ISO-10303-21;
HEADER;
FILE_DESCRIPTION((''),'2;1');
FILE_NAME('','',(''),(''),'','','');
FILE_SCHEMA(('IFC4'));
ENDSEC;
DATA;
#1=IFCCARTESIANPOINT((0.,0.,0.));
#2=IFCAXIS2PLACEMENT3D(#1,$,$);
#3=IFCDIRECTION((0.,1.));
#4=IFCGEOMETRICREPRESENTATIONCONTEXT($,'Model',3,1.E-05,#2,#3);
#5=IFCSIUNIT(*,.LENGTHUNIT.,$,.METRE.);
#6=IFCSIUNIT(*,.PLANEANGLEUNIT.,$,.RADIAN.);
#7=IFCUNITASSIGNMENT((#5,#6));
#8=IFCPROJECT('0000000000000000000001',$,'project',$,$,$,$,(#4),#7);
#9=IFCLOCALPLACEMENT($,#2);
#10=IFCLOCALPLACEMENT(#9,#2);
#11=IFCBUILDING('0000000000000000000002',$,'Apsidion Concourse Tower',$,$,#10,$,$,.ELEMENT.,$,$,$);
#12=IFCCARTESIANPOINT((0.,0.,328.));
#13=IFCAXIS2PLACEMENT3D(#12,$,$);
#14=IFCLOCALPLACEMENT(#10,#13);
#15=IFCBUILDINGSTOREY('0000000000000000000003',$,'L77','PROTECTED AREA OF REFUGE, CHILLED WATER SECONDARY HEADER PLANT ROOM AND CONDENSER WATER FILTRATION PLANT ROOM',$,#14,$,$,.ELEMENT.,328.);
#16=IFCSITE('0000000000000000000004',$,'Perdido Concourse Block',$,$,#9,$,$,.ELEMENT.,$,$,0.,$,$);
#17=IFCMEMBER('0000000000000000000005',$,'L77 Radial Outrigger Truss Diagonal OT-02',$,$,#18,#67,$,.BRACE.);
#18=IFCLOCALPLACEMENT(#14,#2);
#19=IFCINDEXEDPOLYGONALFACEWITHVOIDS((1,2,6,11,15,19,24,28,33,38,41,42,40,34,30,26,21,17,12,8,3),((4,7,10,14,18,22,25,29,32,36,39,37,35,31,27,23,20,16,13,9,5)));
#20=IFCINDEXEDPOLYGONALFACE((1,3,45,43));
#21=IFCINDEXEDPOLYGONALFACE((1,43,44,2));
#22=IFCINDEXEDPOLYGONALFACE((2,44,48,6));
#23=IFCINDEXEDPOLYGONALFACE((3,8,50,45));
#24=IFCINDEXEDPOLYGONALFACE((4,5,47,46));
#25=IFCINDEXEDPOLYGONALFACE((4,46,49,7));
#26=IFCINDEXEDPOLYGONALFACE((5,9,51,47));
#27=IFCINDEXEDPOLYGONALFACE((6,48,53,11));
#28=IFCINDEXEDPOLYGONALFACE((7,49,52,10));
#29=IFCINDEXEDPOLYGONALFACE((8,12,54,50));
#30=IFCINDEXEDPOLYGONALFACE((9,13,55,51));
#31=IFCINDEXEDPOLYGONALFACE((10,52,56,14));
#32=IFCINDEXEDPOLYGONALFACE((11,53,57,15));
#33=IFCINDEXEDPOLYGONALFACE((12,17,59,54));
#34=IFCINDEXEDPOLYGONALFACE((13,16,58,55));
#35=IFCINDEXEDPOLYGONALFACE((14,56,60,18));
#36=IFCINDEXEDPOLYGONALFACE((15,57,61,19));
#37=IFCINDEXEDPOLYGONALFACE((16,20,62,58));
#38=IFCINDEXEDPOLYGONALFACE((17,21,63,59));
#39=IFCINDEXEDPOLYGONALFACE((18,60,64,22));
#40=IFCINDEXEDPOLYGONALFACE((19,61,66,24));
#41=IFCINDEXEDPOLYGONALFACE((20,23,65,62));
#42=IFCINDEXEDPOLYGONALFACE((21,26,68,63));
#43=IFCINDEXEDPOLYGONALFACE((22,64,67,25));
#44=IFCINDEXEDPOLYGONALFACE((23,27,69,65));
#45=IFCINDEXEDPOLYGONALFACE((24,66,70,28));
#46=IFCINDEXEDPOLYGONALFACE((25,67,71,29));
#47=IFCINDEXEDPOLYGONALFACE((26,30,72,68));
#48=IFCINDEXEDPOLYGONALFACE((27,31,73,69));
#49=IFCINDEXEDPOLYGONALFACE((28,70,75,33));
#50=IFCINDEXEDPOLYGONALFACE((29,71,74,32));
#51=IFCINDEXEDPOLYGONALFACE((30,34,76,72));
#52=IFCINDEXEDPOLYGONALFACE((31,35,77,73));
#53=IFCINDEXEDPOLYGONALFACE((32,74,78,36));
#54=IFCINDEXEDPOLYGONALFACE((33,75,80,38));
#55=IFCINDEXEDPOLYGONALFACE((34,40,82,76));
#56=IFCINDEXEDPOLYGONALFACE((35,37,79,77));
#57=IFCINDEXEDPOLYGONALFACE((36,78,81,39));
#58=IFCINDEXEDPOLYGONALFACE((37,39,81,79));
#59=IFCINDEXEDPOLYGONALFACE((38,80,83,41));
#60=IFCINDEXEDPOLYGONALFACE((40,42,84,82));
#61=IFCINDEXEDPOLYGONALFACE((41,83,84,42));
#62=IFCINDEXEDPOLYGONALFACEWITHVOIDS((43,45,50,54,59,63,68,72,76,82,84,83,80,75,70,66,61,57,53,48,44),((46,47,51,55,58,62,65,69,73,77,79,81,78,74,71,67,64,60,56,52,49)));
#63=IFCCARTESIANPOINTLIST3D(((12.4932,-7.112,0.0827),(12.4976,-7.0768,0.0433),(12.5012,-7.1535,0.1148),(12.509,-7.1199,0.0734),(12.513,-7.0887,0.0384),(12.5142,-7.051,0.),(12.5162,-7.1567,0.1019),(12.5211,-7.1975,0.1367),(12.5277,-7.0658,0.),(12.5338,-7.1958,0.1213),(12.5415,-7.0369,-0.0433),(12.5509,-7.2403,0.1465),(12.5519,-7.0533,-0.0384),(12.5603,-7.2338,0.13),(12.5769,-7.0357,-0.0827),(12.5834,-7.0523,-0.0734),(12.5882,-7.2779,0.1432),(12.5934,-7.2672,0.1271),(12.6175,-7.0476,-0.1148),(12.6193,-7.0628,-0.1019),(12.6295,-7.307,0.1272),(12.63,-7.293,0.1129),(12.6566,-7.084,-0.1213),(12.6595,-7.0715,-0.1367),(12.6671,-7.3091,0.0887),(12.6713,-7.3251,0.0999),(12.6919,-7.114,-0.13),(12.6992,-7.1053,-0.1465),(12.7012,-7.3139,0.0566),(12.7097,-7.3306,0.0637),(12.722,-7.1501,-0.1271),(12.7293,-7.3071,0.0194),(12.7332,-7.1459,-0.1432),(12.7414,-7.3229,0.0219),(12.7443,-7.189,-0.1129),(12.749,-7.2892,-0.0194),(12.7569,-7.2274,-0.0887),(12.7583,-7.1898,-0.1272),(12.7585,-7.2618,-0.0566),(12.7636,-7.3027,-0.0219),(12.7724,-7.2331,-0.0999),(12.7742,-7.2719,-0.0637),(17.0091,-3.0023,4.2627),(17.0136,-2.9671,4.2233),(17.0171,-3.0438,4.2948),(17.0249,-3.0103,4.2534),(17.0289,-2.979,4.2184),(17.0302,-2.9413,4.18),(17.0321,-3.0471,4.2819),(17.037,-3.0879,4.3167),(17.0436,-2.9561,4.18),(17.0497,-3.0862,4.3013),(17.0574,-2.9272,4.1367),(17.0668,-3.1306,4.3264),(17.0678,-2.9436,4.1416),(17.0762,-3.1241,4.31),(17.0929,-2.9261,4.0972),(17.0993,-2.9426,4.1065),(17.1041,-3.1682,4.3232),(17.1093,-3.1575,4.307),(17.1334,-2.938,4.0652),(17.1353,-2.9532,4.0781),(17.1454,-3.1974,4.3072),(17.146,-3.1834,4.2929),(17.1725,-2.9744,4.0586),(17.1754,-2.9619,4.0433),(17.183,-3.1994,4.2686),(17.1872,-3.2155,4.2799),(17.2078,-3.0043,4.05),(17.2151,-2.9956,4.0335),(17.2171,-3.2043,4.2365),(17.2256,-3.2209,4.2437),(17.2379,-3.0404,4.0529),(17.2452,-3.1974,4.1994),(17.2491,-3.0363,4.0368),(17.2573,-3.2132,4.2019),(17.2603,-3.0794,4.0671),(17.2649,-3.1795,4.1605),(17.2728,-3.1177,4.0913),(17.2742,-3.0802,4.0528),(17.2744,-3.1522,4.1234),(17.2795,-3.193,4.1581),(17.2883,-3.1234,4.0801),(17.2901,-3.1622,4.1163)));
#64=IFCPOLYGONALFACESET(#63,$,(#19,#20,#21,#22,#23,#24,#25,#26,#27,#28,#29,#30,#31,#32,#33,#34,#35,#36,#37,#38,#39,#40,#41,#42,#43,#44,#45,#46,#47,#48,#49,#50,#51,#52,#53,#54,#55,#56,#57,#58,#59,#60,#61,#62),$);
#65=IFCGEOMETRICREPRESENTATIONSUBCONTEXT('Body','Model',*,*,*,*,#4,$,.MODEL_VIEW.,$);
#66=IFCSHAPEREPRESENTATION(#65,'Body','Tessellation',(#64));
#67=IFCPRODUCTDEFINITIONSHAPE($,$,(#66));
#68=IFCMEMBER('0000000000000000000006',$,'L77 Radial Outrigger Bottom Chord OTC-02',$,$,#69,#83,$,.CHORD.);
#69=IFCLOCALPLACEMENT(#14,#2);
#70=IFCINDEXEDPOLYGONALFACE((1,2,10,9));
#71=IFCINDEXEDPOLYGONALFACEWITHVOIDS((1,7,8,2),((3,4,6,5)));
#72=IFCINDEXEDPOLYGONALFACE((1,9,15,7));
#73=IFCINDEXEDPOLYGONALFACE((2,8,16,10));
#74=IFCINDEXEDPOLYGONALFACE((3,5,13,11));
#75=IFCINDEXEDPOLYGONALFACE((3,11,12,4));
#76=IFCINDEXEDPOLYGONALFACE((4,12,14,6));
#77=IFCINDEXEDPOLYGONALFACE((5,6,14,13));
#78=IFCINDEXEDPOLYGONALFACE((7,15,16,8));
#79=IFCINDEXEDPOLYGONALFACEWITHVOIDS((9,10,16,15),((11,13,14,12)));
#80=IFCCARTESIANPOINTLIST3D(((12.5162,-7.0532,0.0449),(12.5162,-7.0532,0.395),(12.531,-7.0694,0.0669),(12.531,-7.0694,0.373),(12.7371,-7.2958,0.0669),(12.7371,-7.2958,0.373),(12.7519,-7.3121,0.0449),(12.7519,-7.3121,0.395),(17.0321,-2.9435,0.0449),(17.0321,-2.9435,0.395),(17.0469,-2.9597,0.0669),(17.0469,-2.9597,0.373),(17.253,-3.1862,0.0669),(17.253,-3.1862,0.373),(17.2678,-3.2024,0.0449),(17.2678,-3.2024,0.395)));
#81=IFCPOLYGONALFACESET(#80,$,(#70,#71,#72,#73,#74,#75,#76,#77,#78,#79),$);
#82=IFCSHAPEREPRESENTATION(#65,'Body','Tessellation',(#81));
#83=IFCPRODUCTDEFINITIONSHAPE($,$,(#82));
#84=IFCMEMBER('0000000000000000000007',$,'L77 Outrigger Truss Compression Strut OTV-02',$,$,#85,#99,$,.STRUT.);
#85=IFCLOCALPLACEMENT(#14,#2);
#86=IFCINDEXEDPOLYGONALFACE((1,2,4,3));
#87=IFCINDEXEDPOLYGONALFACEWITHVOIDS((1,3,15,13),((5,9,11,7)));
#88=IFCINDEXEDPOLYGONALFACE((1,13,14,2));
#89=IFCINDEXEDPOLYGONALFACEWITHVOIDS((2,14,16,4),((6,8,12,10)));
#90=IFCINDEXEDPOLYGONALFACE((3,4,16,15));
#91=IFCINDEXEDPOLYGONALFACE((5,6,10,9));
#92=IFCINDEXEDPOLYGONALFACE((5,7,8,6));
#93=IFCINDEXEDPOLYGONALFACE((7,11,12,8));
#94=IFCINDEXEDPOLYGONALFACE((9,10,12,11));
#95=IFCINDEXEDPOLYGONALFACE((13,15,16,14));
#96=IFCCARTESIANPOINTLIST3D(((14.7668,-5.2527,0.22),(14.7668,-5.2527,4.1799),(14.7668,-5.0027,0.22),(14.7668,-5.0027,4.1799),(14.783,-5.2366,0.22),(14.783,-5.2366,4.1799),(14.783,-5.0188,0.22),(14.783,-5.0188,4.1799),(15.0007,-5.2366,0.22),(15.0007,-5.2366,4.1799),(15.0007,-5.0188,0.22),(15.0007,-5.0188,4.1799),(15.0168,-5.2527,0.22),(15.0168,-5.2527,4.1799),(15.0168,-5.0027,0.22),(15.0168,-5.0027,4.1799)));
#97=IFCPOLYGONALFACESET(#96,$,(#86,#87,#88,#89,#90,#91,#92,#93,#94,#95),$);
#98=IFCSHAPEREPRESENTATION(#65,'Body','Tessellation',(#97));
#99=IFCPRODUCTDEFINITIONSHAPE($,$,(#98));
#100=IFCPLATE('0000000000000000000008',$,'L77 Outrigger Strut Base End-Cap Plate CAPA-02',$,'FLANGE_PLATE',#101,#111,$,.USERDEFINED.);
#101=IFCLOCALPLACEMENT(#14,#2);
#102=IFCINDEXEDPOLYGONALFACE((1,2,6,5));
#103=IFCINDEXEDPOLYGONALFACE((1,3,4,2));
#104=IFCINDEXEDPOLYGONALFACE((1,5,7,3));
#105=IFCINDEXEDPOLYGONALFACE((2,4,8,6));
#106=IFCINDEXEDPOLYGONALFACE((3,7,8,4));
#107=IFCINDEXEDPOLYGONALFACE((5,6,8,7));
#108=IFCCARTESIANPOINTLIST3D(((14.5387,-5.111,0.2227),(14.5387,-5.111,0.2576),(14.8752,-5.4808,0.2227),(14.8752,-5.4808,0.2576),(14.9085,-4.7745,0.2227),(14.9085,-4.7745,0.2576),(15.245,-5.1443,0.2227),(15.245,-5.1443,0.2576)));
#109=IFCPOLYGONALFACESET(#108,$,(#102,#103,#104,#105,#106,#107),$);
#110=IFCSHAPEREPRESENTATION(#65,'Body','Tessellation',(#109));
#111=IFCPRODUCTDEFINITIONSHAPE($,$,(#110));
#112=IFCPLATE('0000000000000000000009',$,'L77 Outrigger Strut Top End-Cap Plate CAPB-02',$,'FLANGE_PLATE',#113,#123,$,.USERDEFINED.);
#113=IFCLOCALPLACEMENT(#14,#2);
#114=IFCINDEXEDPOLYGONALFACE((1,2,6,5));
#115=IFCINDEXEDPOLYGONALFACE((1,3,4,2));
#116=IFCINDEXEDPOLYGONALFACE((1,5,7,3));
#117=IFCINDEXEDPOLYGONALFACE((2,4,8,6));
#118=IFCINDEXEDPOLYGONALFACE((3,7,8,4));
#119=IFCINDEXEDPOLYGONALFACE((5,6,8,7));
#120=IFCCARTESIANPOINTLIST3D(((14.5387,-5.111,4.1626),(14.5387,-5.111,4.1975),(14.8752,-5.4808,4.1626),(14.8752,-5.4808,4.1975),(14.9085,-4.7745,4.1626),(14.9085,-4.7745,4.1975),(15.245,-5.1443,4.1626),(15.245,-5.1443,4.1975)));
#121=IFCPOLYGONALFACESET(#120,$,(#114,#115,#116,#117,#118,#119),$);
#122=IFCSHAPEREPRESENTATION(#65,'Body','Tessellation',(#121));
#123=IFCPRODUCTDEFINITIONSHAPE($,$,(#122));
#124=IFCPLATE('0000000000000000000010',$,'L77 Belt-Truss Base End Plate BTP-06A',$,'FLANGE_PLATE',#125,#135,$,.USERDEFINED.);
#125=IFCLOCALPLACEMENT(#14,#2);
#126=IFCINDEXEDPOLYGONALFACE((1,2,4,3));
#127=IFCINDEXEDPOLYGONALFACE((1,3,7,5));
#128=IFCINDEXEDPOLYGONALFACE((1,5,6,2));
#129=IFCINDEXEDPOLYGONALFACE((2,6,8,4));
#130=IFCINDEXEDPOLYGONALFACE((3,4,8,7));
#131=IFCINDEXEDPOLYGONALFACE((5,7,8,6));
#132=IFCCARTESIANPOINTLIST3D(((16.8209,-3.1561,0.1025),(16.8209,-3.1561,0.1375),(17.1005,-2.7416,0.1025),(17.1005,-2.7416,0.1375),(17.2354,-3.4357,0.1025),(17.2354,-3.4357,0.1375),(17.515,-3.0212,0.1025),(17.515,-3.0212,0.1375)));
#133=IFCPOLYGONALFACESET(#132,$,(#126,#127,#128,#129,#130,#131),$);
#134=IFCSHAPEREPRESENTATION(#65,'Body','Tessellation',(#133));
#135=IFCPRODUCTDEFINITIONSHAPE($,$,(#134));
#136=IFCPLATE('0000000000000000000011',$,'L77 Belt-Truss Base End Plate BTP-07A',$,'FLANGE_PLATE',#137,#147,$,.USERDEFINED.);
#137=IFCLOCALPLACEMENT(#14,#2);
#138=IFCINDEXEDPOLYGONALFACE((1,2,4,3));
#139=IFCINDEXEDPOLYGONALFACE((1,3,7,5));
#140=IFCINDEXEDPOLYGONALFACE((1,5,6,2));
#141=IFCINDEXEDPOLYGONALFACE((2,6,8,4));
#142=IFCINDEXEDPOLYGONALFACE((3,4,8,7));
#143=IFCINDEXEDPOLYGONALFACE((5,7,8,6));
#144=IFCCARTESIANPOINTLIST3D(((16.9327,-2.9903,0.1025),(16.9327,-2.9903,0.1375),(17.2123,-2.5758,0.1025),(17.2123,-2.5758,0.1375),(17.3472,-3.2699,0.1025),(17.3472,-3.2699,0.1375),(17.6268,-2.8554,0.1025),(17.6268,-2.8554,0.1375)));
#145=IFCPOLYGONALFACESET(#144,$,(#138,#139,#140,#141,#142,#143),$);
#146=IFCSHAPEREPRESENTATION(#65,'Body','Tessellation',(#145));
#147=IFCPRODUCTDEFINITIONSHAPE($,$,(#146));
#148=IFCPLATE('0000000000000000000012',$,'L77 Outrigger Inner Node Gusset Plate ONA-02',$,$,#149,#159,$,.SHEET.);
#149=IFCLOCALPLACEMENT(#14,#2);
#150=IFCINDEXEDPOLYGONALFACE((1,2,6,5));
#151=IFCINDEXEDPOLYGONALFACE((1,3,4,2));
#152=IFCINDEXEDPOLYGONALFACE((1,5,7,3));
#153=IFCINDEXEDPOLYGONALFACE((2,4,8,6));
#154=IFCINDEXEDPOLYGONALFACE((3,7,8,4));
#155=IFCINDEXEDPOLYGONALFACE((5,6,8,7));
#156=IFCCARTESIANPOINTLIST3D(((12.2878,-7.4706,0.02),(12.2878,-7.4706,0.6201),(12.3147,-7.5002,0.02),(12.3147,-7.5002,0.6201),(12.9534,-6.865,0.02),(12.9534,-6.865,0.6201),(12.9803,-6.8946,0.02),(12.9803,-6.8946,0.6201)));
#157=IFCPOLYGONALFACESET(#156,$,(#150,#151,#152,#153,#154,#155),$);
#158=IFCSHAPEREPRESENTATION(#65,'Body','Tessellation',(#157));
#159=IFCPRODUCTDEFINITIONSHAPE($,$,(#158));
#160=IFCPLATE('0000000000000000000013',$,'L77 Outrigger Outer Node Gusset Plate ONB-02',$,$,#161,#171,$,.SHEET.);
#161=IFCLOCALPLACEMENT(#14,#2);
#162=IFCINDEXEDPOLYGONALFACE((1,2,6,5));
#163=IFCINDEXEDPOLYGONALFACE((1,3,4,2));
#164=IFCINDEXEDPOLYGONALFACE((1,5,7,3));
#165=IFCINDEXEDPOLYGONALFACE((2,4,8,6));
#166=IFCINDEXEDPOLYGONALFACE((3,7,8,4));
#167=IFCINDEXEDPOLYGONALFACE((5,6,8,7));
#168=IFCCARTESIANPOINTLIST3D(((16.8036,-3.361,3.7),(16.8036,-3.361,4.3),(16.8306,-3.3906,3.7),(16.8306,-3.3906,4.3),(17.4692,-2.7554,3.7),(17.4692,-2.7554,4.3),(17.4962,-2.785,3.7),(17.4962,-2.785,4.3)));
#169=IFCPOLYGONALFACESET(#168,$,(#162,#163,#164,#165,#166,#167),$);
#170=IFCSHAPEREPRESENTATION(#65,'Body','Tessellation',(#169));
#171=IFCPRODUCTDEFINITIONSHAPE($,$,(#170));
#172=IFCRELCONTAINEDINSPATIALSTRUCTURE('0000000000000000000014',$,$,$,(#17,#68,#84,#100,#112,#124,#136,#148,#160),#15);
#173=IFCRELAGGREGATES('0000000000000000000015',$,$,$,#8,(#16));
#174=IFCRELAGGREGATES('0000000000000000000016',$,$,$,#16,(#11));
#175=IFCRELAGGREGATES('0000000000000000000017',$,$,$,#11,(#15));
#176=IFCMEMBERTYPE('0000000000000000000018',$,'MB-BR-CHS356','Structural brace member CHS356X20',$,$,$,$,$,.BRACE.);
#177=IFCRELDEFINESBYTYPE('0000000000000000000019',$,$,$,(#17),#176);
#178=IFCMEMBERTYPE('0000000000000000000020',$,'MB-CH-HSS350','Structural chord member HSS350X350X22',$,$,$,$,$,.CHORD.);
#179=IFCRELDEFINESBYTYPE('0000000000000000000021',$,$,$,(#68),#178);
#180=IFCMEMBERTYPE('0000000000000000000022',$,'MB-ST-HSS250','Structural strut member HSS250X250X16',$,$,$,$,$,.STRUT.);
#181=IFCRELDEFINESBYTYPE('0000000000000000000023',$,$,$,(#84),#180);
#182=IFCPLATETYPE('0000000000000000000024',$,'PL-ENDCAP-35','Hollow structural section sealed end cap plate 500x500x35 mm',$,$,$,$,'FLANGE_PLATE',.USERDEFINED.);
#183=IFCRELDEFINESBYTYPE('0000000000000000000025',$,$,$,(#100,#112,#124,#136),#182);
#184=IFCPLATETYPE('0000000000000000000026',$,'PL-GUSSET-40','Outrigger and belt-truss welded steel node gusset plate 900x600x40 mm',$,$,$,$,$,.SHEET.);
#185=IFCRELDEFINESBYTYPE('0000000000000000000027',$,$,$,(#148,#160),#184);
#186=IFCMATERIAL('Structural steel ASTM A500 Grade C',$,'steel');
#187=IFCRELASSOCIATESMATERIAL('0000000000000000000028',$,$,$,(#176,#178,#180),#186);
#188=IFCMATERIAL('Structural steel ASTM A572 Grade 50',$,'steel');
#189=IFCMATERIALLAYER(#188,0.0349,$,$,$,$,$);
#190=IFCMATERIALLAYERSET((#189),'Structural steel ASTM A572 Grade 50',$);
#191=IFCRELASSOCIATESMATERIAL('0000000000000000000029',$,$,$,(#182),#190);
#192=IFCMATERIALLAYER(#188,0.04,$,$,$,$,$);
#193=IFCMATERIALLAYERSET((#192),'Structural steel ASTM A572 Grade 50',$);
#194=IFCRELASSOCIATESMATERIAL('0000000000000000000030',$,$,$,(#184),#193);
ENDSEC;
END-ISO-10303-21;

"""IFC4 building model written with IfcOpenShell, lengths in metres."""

from ifc_helpers import new_model, si_unit, direction, frame, origin, origin_2d, place, context, subcontext, project, spatial, rectangle, hollow_rectangle, hollow_circle, extrude, material, layer, layer_set, material_profile, profile_set, type_object, element, save


model = new_model("IFC4")

# Units and contexts
model_context = context("Model", 3, precision=1e-05, world=origin(), true_north=direction((0.0, 1.0)))
body_context = subcontext(model_context, "Body", "Model", "MODEL_VIEW")
ifc_project = project(units=[si_unit("LENGTHUNIT", "METRE"), si_unit("PLANEANGLEUNIT", "RADIAN")], contexts=[model_context])

# Site, building, storey
site_placement = place(None, origin())
site = spatial("IfcSite", under=ifc_project, at=site_placement, Name="Perdido Concourse Block", CompositionType="ELEMENT", RefElevation=0.0)
building_placement = place(site_placement, origin())
building = spatial("IfcBuilding", under=site, at=building_placement, Name="Apsidion Concourse Tower", CompositionType="ELEMENT")
storey_placement = place(building_placement, frame((0.0, 0.0, 328.0)))
storey = spatial("IfcBuildingStorey", under=building, at=storey_placement, Name="L77", Description="PROTECTED AREA OF REFUGE, CHILLED WATER SECONDARY HEADER PLANT ROOM AND CONDENSER WATER FILTRATION PLANT ROOM", CompositionType="ELEMENT", Elevation=328.0)

# Members
ifc_material_1 = material(Name="Structural steel ASTM A500 Grade C", Category="steel")
ifc_material_profile_1 = material_profile(ifc_material_1, hollow_circle(Radius=0.178, WallThickness=0.02, at=origin_2d()), Name="CHS356X20")
ifc_profile_set_1 = profile_set([ifc_material_profile_1], Name="Structural steel ASTM A500 Grade C")
member_type_1 = type_object("IfcMemberType", Name="MB-BR-CHS356", Description="Structural brace member CHS356X20", PredefinedType="BRACE", material=ifc_profile_set_1)
member_1_placement = place(storey_placement, frame((12.634, -7.1826, 0.0), z_axis=(0.610287, 0.555385, 0.564887), x_axis=(-0.673057, 0.739591, 0.0)))
element("IfcMember", 1, at=member_1_placement, inside=storey, type_object=member_type_1, Name="L77 Radial Outrigger Truss Diagonal OT-02", PredefinedType="BRACE", context=body_context, shape_type="SweptSolid", body=[
    extrude(hollow_circle(Radius=0.178, WallThickness=0.02, at=origin_2d()), origin(), (0.0, 0.0, 1.0), 7.3997),
])
ifc_material_profile_2 = material_profile(ifc_material_1, hollow_rectangle(XDim=0.3501, YDim=0.3501, WallThickness=0.022, at=origin_2d()), Name="HSS350X350X22")
ifc_profile_set_2 = profile_set([ifc_material_profile_2], Name="Structural steel ASTM A500 Grade C")
member_type_2 = type_object("IfcMemberType", Name="MB-CH-HSS350", Description="Structural chord member HSS350X350X22", PredefinedType="CHORD", material=ifc_profile_set_2)
member_2_placement = place(storey_placement, frame((12.634, -7.1826, 0.22), z_axis=(0.739591, 0.673057, 0.0), x_axis=(-0.673057, 0.739591, 0.0)))
element("IfcMember", 2, at=member_2_placement, inside=storey, type_object=member_type_2, Name="L77 Radial Outrigger Bottom Chord OTC-02", PredefinedType="CHORD", context=body_context, shape_type="SweptSolid", body=[
    extrude(hollow_rectangle(XDim=0.3501, YDim=0.3501, WallThickness=0.022, at=origin_2d()), origin(), (0.0, 0.0, 1.0), 6.106),
])
ifc_material_profile_3 = material_profile(ifc_material_1, hollow_rectangle(XDim=0.25, YDim=0.25, WallThickness=0.0161, at=origin_2d()), Name="HSS250X250X16")
ifc_profile_set_3 = profile_set([ifc_material_profile_3], Name="Structural steel ASTM A500 Grade C")
member_type_3 = type_object("IfcMemberType", Name="MB-ST-HSS250", Description="Structural strut member HSS250X250X16", PredefinedType="STRUT", material=ifc_profile_set_3)
member_3_placement = place(storey_placement, frame((14.8918, -5.1277, 0.22), z_axis=(0.0, 0.0, 1.0), x_axis=(1.0, 0.0, 0.0)))
element("IfcMember", 3, at=member_3_placement, inside=storey, type_object=member_type_3, Name="L77 Outrigger Truss Compression Strut OTV-02", PredefinedType="STRUT", context=body_context, shape_type="SweptSolid", body=[
    extrude(hollow_rectangle(XDim=0.25, YDim=0.25, WallThickness=0.0161, at=origin_2d()), origin(), (0.0, 0.0, 1.0), 3.96),
])

# Plates
ifc_material_2 = material(Name="Structural steel ASTM A572 Grade 50", Category="steel")
ifc_layer_1 = layer(ifc_material_2, 0.0349)
ifc_layer_set_1 = layer_set([ifc_layer_1], Name="Structural steel ASTM A572 Grade 50")
plate_type_1 = type_object("IfcPlateType", Name="PL-ENDCAP-35", Description="Hollow structural section sealed end cap plate 500x500x35 mm", ElementType="FLANGE_PLATE", PredefinedType="USERDEFINED", material=ifc_layer_set_1)
for number, where, z_axis, x_axis, name in (
    (4, (14.8918, -5.1277, 0.2227), (0.0, 0.0, 1.0), (0.739631, 0.673013, 0.0), "L77 Outrigger Strut Base End-Cap Plate CAPA-02"),
    (5, (14.8918, -5.1277, 4.1626), (0.0, 0.0, 1.0), (0.739631, 0.673013, 0.0), "L77 Outrigger Strut Top End-Cap Plate CAPB-02"),
    (6, (17.168, -3.0886, 0.1025), (0.0, 0.0, 1.0), (0.559193, 0.829038, 0.0), "L77 Belt-Truss Base End Plate BTP-06A"),
    (7, (17.2798, -2.9229, 0.1025), (0.0, 0.0, 1.0), (0.559193, 0.829038, 0.0), "L77 Belt-Truss Base End Plate BTP-07A"),
):
    element("IfcPlate", number, at=place(storey_placement, frame(where, z_axis=z_axis, x_axis=x_axis)), inside=storey, type_object=plate_type_1, Name=name, ObjectType="FLANGE_PLATE", PredefinedType="USERDEFINED", context=body_context, shape_type="SweptSolid", body=[
        extrude(rectangle(XDim=0.5, YDim=0.5, at=origin_2d()), origin(), (0.0, 0.0, 1.0), 0.0349),
    ])
ifc_layer_2 = layer(ifc_material_2, 0.04)
ifc_layer_set_2 = layer_set([ifc_layer_2], Name="Structural steel ASTM A572 Grade 50")
plate_type_2 = type_object("IfcPlateType", Name="PL-GUSSET-40", Description="Outrigger and belt-truss welded steel node gusset plate 900x600x40 mm", PredefinedType="SHEET", material=ifc_layer_set_2)
for number, where, z_axis, x_axis, name in (
    (8, (12.634, -7.1826, 0.02), (0.0, 0.0, 1.0), (0.739631, 0.673013, 0.0), "L77 Outrigger Inner Node Gusset Plate ONA-02"),
    (9, (17.1499, -3.073, 3.7), (0.0, 0.0, 1.0), (0.739631, 0.673013, 0.0), "L77 Outrigger Outer Node Gusset Plate ONB-02"),
):
    element("IfcPlate", number, at=place(storey_placement, frame(where, z_axis=z_axis, x_axis=x_axis)), inside=storey, type_object=plate_type_2, Name=name, PredefinedType="SHEET", context=body_context, shape_type="SweptSolid", body=[
        extrude(rectangle(XDim=0.8999, YDim=0.04, at=origin_2d()), origin(), (0.0, 0.0, 1.0), 0.6001),
    ])

save(model, "model.ifc")
